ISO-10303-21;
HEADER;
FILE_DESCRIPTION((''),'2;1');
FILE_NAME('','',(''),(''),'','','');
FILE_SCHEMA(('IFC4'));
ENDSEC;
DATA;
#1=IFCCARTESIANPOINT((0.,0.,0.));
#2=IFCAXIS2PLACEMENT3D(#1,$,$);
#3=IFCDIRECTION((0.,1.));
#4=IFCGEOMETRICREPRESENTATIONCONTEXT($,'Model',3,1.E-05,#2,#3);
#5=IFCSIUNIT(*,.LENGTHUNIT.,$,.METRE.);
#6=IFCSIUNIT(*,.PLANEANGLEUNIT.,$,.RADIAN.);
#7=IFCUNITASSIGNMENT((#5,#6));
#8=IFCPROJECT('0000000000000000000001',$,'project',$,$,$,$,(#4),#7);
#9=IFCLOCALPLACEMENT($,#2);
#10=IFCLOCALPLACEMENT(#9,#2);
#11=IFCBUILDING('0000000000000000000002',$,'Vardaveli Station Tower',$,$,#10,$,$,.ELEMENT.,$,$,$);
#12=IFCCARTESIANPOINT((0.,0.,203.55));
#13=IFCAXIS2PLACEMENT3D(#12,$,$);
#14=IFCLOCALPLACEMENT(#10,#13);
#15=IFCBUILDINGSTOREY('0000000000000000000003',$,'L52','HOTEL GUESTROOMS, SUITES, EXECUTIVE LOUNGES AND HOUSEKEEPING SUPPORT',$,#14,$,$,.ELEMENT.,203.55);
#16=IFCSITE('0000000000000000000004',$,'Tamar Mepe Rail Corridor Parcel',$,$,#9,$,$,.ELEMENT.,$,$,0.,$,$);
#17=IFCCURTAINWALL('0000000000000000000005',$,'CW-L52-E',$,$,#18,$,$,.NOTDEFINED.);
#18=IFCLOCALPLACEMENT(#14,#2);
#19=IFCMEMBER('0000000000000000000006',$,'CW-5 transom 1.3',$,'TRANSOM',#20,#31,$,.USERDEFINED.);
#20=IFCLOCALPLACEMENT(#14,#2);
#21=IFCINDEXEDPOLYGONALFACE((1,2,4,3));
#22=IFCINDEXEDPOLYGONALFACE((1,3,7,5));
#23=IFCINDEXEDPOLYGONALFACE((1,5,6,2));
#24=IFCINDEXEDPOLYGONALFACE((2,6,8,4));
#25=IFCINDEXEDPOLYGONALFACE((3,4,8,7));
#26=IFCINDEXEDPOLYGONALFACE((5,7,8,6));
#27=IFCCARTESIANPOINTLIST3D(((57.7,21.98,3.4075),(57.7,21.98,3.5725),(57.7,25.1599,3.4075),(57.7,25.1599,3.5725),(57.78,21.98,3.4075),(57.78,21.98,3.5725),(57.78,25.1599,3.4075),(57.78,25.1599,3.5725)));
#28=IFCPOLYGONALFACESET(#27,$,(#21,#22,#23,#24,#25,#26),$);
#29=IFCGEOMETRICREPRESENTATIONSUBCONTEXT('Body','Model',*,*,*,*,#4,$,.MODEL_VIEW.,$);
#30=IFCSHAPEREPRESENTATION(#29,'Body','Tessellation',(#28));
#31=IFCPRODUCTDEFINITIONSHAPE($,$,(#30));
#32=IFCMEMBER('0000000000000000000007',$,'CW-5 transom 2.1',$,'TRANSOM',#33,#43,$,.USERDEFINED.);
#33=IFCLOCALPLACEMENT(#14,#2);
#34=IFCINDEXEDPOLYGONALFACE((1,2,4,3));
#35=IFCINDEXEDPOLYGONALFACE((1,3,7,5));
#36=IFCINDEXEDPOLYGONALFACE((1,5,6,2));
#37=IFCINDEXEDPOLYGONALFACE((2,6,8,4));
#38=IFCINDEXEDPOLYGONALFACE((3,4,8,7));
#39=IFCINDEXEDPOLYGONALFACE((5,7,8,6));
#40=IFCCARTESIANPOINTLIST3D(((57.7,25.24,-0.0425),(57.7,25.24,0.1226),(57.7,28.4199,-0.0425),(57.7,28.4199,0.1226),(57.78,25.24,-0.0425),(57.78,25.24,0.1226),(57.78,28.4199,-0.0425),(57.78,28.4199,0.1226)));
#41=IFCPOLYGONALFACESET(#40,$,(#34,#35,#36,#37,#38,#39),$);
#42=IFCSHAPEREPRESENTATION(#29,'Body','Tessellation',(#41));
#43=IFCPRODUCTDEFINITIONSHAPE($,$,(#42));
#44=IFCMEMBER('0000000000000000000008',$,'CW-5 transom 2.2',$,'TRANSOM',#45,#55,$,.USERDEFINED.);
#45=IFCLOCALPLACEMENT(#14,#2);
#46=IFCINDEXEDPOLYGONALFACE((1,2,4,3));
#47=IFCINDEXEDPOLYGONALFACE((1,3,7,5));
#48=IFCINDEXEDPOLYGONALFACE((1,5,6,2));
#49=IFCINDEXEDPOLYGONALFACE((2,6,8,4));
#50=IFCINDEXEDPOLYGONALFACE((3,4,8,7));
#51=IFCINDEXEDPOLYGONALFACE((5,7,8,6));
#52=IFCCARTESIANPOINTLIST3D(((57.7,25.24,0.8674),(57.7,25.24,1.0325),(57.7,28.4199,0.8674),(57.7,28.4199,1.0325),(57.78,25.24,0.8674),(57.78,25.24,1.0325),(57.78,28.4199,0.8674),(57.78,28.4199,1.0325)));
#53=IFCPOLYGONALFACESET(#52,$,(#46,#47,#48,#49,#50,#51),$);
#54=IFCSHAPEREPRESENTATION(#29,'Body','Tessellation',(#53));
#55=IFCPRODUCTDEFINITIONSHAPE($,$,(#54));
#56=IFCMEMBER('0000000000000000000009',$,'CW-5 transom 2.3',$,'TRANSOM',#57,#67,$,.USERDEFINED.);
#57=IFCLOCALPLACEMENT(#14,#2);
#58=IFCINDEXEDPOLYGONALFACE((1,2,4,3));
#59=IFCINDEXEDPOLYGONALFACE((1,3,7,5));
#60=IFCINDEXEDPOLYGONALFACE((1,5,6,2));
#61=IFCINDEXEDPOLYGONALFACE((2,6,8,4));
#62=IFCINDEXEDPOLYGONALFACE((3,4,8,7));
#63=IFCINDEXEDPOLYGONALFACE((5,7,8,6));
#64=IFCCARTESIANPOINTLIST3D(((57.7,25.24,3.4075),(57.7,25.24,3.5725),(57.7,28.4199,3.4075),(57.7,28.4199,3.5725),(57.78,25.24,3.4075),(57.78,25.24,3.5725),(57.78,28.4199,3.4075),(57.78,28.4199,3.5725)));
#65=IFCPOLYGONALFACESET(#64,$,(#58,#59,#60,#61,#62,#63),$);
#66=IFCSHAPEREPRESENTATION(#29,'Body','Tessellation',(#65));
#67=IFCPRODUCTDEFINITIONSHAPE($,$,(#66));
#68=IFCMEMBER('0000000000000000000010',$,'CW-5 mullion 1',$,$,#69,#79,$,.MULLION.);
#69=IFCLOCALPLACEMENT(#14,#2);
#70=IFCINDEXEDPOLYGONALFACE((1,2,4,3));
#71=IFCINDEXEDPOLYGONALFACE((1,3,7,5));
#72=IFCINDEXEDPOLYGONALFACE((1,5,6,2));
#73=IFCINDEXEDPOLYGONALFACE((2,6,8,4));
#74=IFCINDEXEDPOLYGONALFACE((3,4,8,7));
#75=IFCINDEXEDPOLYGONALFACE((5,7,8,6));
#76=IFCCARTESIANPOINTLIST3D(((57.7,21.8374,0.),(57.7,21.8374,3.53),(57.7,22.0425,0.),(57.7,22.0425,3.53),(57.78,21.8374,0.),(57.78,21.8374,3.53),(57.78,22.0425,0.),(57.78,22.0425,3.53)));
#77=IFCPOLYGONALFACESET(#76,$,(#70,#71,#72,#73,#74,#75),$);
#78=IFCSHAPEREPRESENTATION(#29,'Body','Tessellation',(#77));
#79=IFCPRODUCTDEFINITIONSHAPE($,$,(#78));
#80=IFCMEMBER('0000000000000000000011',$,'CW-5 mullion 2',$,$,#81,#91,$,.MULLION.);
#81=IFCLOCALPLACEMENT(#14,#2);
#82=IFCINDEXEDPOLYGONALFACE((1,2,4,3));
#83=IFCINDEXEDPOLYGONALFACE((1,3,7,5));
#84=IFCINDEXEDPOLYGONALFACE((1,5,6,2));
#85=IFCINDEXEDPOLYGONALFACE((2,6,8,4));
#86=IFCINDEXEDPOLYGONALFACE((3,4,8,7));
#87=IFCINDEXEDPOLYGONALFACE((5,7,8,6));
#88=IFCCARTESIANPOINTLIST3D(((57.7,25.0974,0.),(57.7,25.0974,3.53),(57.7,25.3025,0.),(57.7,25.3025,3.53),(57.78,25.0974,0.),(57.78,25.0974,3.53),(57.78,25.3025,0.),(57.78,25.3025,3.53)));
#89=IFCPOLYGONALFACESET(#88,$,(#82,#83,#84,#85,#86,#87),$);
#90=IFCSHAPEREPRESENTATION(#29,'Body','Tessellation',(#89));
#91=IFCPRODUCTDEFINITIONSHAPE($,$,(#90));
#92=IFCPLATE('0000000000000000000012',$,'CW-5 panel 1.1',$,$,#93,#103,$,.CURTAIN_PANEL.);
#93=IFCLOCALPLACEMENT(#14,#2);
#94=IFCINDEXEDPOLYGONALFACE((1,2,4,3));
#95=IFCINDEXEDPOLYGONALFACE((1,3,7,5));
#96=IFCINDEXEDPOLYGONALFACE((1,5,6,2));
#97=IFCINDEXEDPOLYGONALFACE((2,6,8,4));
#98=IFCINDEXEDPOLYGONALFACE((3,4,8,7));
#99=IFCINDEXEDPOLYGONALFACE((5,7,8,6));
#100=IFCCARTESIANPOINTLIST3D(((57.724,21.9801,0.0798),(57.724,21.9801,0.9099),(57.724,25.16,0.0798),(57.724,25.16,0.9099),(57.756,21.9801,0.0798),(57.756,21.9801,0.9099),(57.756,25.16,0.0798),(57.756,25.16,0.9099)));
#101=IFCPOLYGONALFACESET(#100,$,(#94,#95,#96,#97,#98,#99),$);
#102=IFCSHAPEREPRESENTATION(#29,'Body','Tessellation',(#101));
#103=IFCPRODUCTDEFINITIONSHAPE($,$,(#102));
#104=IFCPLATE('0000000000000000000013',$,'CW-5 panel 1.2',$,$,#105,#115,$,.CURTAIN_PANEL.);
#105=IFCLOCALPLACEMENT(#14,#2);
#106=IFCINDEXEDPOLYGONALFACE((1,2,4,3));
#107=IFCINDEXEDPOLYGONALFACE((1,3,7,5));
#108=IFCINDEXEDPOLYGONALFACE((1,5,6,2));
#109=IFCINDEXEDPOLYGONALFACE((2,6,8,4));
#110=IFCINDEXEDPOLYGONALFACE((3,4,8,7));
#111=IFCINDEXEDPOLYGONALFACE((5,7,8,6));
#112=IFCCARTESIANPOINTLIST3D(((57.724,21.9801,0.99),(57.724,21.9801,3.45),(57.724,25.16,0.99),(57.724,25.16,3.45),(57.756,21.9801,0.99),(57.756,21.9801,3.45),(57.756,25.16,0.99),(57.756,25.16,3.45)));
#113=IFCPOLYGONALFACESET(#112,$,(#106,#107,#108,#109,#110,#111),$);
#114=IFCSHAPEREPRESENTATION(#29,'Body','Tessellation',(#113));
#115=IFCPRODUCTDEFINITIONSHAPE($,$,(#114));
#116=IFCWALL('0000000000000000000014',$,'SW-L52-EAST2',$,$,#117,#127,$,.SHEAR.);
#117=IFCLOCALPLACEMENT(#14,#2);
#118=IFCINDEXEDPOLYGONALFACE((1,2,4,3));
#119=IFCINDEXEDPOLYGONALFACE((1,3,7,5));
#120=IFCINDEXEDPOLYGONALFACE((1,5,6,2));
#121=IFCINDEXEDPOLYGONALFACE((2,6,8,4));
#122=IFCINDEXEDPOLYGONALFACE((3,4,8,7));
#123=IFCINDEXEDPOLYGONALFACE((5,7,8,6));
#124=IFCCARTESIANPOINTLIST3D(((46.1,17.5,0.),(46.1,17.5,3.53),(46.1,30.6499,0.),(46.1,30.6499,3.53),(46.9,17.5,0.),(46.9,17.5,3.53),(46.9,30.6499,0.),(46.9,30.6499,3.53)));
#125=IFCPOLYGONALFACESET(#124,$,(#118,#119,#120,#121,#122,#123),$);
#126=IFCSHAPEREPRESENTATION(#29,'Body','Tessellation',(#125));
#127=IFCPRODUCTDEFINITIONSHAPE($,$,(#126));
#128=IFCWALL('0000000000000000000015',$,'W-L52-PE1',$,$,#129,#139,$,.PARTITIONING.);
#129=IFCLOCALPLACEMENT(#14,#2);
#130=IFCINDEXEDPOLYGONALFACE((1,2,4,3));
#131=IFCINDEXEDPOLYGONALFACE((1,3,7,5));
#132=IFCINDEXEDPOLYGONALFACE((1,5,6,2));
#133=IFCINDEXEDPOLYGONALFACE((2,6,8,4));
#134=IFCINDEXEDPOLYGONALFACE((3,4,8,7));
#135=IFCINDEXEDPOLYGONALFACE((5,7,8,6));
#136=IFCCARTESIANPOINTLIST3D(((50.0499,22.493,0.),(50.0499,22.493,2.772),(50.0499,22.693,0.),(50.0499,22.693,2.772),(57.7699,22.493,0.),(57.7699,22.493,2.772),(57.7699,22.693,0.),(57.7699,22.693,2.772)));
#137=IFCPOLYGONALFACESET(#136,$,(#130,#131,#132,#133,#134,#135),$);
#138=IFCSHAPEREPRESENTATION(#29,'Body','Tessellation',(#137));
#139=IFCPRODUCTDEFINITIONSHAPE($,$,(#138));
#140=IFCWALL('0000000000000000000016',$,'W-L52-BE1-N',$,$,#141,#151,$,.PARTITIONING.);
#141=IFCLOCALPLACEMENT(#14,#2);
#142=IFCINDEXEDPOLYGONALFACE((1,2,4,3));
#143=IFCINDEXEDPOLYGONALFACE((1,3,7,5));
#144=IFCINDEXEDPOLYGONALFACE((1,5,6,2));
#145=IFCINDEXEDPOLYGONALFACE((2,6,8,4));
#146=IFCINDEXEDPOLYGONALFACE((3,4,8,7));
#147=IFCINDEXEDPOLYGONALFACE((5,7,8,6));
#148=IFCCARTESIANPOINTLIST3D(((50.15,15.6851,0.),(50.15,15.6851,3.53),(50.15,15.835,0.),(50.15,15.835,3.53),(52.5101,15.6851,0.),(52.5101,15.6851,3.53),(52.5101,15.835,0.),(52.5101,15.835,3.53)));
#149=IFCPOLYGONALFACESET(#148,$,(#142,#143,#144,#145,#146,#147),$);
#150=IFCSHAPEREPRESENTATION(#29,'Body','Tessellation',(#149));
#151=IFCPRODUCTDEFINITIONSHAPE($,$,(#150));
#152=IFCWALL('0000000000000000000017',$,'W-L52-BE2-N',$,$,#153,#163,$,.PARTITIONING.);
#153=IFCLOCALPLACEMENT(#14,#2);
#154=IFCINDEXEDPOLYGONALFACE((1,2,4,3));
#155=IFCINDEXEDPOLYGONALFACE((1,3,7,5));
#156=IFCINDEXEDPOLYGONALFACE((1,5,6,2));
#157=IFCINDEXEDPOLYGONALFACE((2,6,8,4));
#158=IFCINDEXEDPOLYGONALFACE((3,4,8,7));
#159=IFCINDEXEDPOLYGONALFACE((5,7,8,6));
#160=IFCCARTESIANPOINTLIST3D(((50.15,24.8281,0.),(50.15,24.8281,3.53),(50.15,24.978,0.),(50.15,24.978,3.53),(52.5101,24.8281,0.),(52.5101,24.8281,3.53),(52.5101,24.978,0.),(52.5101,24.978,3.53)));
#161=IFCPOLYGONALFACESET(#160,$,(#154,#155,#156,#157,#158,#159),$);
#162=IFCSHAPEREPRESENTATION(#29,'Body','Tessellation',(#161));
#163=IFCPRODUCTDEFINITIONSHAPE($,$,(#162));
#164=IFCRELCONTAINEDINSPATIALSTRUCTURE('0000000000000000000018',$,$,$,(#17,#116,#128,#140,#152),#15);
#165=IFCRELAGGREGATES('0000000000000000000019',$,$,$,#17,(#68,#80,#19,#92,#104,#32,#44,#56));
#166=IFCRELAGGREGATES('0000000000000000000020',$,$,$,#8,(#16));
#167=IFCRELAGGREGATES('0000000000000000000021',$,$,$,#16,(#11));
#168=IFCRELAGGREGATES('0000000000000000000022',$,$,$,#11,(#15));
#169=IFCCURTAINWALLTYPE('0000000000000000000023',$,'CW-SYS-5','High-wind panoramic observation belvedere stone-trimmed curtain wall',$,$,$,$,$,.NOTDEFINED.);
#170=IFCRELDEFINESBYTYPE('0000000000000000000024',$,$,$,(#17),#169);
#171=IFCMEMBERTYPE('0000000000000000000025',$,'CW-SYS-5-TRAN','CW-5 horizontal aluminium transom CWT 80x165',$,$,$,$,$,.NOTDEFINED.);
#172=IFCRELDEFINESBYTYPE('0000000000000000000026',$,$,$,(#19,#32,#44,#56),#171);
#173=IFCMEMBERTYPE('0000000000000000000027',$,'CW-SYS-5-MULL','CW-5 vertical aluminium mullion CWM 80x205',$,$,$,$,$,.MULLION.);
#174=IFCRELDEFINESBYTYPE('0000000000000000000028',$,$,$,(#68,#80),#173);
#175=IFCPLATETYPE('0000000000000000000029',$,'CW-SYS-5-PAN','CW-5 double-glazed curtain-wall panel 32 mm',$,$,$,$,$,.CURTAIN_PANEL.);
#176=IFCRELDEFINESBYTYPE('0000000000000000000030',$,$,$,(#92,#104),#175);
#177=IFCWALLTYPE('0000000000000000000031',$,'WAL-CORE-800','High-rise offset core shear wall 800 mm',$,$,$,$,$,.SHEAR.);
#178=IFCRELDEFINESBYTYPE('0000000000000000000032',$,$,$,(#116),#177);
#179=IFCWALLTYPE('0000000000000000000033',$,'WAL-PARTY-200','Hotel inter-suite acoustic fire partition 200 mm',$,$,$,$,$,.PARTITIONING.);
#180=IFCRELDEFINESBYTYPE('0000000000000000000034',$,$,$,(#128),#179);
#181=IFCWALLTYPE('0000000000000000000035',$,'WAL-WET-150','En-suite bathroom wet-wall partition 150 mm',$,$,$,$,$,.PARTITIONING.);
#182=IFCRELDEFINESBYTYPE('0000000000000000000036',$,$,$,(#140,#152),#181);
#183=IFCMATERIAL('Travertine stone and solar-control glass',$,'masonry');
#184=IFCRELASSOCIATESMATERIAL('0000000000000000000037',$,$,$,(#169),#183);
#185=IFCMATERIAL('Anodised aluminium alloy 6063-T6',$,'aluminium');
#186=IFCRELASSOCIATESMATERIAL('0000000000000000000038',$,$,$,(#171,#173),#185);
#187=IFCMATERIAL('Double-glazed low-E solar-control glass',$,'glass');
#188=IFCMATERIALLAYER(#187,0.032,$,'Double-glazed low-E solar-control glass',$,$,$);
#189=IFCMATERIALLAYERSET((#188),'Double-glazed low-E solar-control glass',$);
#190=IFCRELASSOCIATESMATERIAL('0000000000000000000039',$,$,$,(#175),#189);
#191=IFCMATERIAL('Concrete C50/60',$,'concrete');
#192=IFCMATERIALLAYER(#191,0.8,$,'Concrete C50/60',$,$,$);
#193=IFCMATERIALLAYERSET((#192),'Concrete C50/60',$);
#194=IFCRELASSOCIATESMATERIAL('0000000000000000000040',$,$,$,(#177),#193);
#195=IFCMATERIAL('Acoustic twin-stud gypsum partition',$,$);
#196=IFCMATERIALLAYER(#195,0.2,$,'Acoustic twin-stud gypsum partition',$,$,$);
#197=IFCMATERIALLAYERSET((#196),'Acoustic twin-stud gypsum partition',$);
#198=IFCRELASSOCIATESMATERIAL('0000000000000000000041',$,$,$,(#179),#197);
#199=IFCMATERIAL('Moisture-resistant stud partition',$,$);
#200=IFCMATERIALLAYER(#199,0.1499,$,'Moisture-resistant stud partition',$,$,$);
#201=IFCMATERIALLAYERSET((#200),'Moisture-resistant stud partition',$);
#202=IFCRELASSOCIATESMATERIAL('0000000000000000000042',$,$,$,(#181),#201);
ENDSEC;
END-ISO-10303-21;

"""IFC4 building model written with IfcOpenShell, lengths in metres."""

from ifc_helpers import new_model, si_unit, direction, frame, frame_2d, origin, origin_2d, place, context, subcontext, project, spatial, rectangle, extrude, source, transform, mapped, material, layer, layer_set, material_profile, profile_set, type_object, element, aggregate, save


model = new_model("IFC4")

# Units and contexts
model_context = context("Model", 3, precision=1e-05, world=origin(), true_north=direction((0.0, 1.0)))
body_context = subcontext(model_context, "Body", "Model", "MODEL_VIEW")
ifc_project = project(units=[si_unit("LENGTHUNIT", "METRE"), si_unit("PLANEANGLEUNIT", "RADIAN")], contexts=[model_context])

# Site, building, storey
site_placement = place(None, origin())
site = spatial("IfcSite", under=ifc_project, at=site_placement, Name="Tamar Mepe Rail Corridor Parcel", CompositionType="ELEMENT", RefElevation=0.0)
building_placement = place(site_placement, origin())
building = spatial("IfcBuilding", under=site, at=building_placement, Name="Vardaveli Station Tower", CompositionType="ELEMENT")
storey_placement = place(building_placement, frame((0.0, 0.0, 203.55)))
storey = spatial("IfcBuildingStorey", under=building, at=storey_placement, Name="L52", Description="HOTEL GUESTROOMS, SUITES, EXECUTIVE LOUNGES AND HOUSEKEEPING SUPPORT", CompositionType="ELEMENT", Elevation=203.55)

# Curtain wall, members, plates
ifc_material_1 = material(Name="Travertine stone and solar-control glass", Category="masonry")
curtain_wall_type = type_object("IfcCurtainWallType", Name="CW-SYS-5", Description="High-wind panoramic observation belvedere stone-trimmed curtain wall", PredefinedType="NOTDEFINED", material=ifc_material_1)
curtain_wall_placement = place(storey_placement, origin())
curtain_wall = element("IfcCurtainWall", 1, at=curtain_wall_placement, inside=storey, type_object=curtain_wall_type, Name="CW-L52-E", PredefinedType="NOTDEFINED")
ifc_material_2 = material(Name="Anodised aluminium alloy 6063-T6", Category="aluminium")
ifc_material_profile_1 = material_profile(ifc_material_2, rectangle(XDim=0.0801, YDim=0.165, at=origin_2d()), Name="CWT 80x165")
ifc_profile_set_1 = profile_set([ifc_material_profile_1], Name="Anodised aluminium alloy 6063-T6")
member_type_1 = type_object("IfcMemberType", Name="CW-SYS-5-TRAN", Description="CW-5 horizontal aluminium transom CWT 80x165", PredefinedType="NOTDEFINED", material=ifc_profile_set_1)
shared_shape_1 = source(origin(), body_context, "Body", "SweptSolid", [
    extrude(rectangle(XDim=0.0801, YDim=0.165, at=origin_2d()), origin(), (0.0, 0.0, 1.0), 3.1799),
])
member_1_placement = place(storey_placement, frame((57.74, 21.98, 3.49), z_axis=(0.0, 1.0, 0.0), x_axis=(-1.0, 0.0, 0.0)))
member_1 = element("IfcMember", 2, at=member_1_placement, type_object=member_type_1, Name="CW-5 transom 1.3", ObjectType="TRANSOM", PredefinedType="USERDEFINED", context=body_context, shape_type="MappedRepresentation", body=[
    mapped(shared_shape_1, transform((0.0, 0.0, 0.0), scale=1.0)),
])
member_2_placement = place(storey_placement, frame((57.74, 25.24, 0.04), z_axis=(0.0, 1.0, 0.0), x_axis=(-1.0, 0.0, 0.0)))
member_2 = element("IfcMember", 3, at=member_2_placement, type_object=member_type_1, Name="CW-5 transom 2.1", ObjectType="TRANSOM", PredefinedType="USERDEFINED", context=body_context, shape_type="MappedRepresentation", body=[
    mapped(shared_shape_1, transform((0.0, 0.0, 0.0), scale=1.0)),
])
member_3_placement = place(storey_placement, frame((57.74, 25.24, 0.95), z_axis=(0.0, 1.0, 0.0), x_axis=(-1.0, 0.0, 0.0)))
member_3 = element("IfcMember", 4, at=member_3_placement, type_object=member_type_1, Name="CW-5 transom 2.2", ObjectType="TRANSOM", PredefinedType="USERDEFINED", context=body_context, shape_type="MappedRepresentation", body=[
    mapped(shared_shape_1, transform((0.0, 0.0, 0.0), scale=1.0)),
])
member_4_placement = place(storey_placement, frame((57.74, 25.24, 3.49), z_axis=(0.0, 1.0, 0.0), x_axis=(-1.0, 0.0, 0.0)))
member_4 = element("IfcMember", 5, at=member_4_placement, type_object=member_type_1, Name="CW-5 transom 2.3", ObjectType="TRANSOM", PredefinedType="USERDEFINED", context=body_context, shape_type="MappedRepresentation", body=[
    mapped(shared_shape_1, transform((0.0, 0.0, 0.0), scale=1.0)),
])
ifc_material_profile_2 = material_profile(ifc_material_2, rectangle(XDim=0.0801, YDim=0.2051, at=origin_2d()), Name="CWM 80x205")
ifc_profile_set_2 = profile_set([ifc_material_profile_2], Name="Anodised aluminium alloy 6063-T6")
member_type_2 = type_object("IfcMemberType", Name="CW-SYS-5-MULL", Description="CW-5 vertical aluminium mullion CWM 80x205", PredefinedType="MULLION", material=ifc_profile_set_2)
shared_shape_2 = source(origin(), body_context, "Body", "SweptSolid", [
    extrude(rectangle(XDim=0.0801, YDim=0.2051, at=origin_2d()), origin(), (0.0, 0.0, 1.0), 3.53),
])
member_5_placement = place(storey_placement, frame((57.74, 21.9399, 0.0), z_axis=(0.0, 0.0, 1.0), x_axis=(-1.0, 0.0, 0.0)))
member_5 = element("IfcMember", 6, at=member_5_placement, type_object=member_type_2, Name="CW-5 mullion 1", PredefinedType="MULLION", context=body_context, shape_type="MappedRepresentation", body=[
    mapped(shared_shape_2, transform((0.0, 0.0, 0.0), scale=1.0)),
])
member_6_placement = place(storey_placement, frame((57.74, 25.2, 0.0), z_axis=(0.0, 0.0, 1.0), x_axis=(-1.0, 0.0, 0.0)))
member_6 = element("IfcMember", 7, at=member_6_placement, type_object=member_type_2, Name="CW-5 mullion 2", PredefinedType="MULLION", context=body_context, shape_type="MappedRepresentation", body=[
    mapped(shared_shape_2, transform((0.0, 0.0, 0.0), scale=1.0)),
])
ifc_material_3 = material(Name="Double-glazed low-E solar-control glass", Category="glass")
ifc_layer_1 = layer(ifc_material_3, 0.032, Name="Double-glazed low-E solar-control glass")
ifc_layer_set_1 = layer_set([ifc_layer_1], Name="Double-glazed low-E solar-control glass")
plate_type = type_object("IfcPlateType", Name="CW-SYS-5-PAN", Description="CW-5 double-glazed curtain-wall panel 32 mm", PredefinedType="CURTAIN_PANEL", material=ifc_layer_set_1)
shared_shape_3 = source(origin(), body_context, "Body", "SweptSolid", [
    extrude(rectangle(XDim=3.1799, YDim=0.032, at=origin_2d()), origin(), (0.0, 0.0, 1.0), 0.8301),
])
plate_1_placement = place(storey_placement, frame((57.74, 23.5701, 0.0798), z_axis=(0.0, 0.0, 1.0), x_axis=(0.0, 1.0, 0.0)))
plate_1 = element("IfcPlate", 8, at=plate_1_placement, type_object=plate_type, Name="CW-5 panel 1.1", PredefinedType="CURTAIN_PANEL", context=body_context, shape_type="MappedRepresentation", body=[
    mapped(shared_shape_3, transform((0.0, 0.0, 0.0), scale=1.0)),
])
shared_shape_4 = source(origin(), body_context, "Body", "SweptSolid", [
    extrude(rectangle(XDim=3.1799, YDim=0.032, at=origin_2d()), origin(), (0.0, 0.0, 1.0), 2.46),
])
plate_2_placement = place(storey_placement, frame((57.74, 23.5701, 0.99), z_axis=(0.0, 0.0, 1.0), x_axis=(0.0, 1.0, 0.0)))
plate_2 = element("IfcPlate", 9, at=plate_2_placement, type_object=plate_type, Name="CW-5 panel 1.2", PredefinedType="CURTAIN_PANEL", context=body_context, shape_type="MappedRepresentation", body=[
    mapped(shared_shape_4, transform((0.0, 0.0, 0.0), scale=1.0)),
])
aggregate(curtain_wall, [member_5, member_6, member_1, plate_1, plate_2, member_2, member_3, member_4])

# Walls
ifc_material_4 = material(Name="Concrete C50/60", Category="concrete")
ifc_layer_2 = layer(ifc_material_4, 0.8, Name="Concrete C50/60")
ifc_layer_set_2 = layer_set([ifc_layer_2], Name="Concrete C50/60")
wall_type_1 = type_object("IfcWallType", Name="WAL-CORE-800", Description="High-rise offset core shear wall 800 mm", PredefinedType="SHEAR", material=ifc_layer_set_2)
shared_shape_5 = source(origin(), body_context, "Body", "SweptSolid", [
    extrude(rectangle(XDim=13.1499, YDim=0.8, at=frame_2d((6.575, 0.0))), origin(), (0.0, 0.0, 1.0), 3.53),
])
wall_1_placement = place(storey_placement, frame((46.5, 17.5, 0.0), z_axis=(0.0, 0.0, 1.0), x_axis=(0.0, 1.0, 0.0)))
element("IfcWall", 10, at=wall_1_placement, inside=storey, type_object=wall_type_1, Name="SW-L52-EAST2", PredefinedType="SHEAR", context=body_context, shape_type="MappedRepresentation", body=[
    mapped(shared_shape_5, transform((0.0, 0.0, 0.0), scale=1.0)),
])
ifc_material_5 = material(Name="Acoustic twin-stud gypsum partition")
ifc_layer_3 = layer(ifc_material_5, 0.2, Name="Acoustic twin-stud gypsum partition")
ifc_layer_set_3 = layer_set([ifc_layer_3], Name="Acoustic twin-stud gypsum partition")
wall_type_2 = type_object("IfcWallType", Name="WAL-PARTY-200", Description="Hotel inter-suite acoustic fire partition 200 mm", PredefinedType="PARTITIONING", material=ifc_layer_set_3)
shared_shape_6 = source(origin(), body_context, "Body", "SweptSolid", [
    extrude(rectangle(XDim=7.72, YDim=0.2, at=frame_2d((3.8599, 0.0))), origin(), (0.0, 0.0, 1.0), 2.772),
])
wall_2_placement = place(storey_placement, frame((50.05, 22.593, 0.0), z_axis=(0.0, 0.0, 1.0), x_axis=(1.0, 0.0, 0.0)))
element("IfcWall", 11, at=wall_2_placement, inside=storey, type_object=wall_type_2, Name="W-L52-PE1", PredefinedType="PARTITIONING", context=body_context, shape_type="MappedRepresentation", body=[
    mapped(shared_shape_6, transform((0.0, 0.0, 0.0), scale=1.0)),
])
ifc_material_6 = material(Name="Moisture-resistant stud partition")
ifc_layer_4 = layer(ifc_material_6, 0.1499, Name="Moisture-resistant stud partition")
ifc_layer_set_4 = layer_set([ifc_layer_4], Name="Moisture-resistant stud partition")
wall_type_3 = type_object("IfcWallType", Name="WAL-WET-150", Description="En-suite bathroom wet-wall partition 150 mm", PredefinedType="PARTITIONING", material=ifc_layer_set_4)
shared_shape_7 = source(origin(), body_context, "Body", "SweptSolid", [
    extrude(rectangle(XDim=2.3601, YDim=0.1499, at=frame_2d((1.1802, 0.0))), origin(), (0.0, 0.0, 1.0), 3.53),
])
for number, where, z_axis, x_axis, name in (
    (12, (50.1499, 15.76, 0.0), (0.0, 0.0, 1.0), (1.0, 0.0, 0.0), "W-L52-BE1-N"),
    (13, (50.1499, 24.9031, 0.0), (0.0, 0.0, 1.0), (1.0, 0.0, 0.0), "W-L52-BE2-N"),
):
    element("IfcWall", number, at=place(storey_placement, frame(where, z_axis=z_axis, x_axis=x_axis)), inside=storey, type_object=wall_type_3, Name=name, PredefinedType="PARTITIONING", context=body_context, shape_type="MappedRepresentation", body=[
        mapped(shared_shape_7, transform((0.0, 0.0, 0.0), scale=1.0)),
    ])

save(model, "model.ifc")
